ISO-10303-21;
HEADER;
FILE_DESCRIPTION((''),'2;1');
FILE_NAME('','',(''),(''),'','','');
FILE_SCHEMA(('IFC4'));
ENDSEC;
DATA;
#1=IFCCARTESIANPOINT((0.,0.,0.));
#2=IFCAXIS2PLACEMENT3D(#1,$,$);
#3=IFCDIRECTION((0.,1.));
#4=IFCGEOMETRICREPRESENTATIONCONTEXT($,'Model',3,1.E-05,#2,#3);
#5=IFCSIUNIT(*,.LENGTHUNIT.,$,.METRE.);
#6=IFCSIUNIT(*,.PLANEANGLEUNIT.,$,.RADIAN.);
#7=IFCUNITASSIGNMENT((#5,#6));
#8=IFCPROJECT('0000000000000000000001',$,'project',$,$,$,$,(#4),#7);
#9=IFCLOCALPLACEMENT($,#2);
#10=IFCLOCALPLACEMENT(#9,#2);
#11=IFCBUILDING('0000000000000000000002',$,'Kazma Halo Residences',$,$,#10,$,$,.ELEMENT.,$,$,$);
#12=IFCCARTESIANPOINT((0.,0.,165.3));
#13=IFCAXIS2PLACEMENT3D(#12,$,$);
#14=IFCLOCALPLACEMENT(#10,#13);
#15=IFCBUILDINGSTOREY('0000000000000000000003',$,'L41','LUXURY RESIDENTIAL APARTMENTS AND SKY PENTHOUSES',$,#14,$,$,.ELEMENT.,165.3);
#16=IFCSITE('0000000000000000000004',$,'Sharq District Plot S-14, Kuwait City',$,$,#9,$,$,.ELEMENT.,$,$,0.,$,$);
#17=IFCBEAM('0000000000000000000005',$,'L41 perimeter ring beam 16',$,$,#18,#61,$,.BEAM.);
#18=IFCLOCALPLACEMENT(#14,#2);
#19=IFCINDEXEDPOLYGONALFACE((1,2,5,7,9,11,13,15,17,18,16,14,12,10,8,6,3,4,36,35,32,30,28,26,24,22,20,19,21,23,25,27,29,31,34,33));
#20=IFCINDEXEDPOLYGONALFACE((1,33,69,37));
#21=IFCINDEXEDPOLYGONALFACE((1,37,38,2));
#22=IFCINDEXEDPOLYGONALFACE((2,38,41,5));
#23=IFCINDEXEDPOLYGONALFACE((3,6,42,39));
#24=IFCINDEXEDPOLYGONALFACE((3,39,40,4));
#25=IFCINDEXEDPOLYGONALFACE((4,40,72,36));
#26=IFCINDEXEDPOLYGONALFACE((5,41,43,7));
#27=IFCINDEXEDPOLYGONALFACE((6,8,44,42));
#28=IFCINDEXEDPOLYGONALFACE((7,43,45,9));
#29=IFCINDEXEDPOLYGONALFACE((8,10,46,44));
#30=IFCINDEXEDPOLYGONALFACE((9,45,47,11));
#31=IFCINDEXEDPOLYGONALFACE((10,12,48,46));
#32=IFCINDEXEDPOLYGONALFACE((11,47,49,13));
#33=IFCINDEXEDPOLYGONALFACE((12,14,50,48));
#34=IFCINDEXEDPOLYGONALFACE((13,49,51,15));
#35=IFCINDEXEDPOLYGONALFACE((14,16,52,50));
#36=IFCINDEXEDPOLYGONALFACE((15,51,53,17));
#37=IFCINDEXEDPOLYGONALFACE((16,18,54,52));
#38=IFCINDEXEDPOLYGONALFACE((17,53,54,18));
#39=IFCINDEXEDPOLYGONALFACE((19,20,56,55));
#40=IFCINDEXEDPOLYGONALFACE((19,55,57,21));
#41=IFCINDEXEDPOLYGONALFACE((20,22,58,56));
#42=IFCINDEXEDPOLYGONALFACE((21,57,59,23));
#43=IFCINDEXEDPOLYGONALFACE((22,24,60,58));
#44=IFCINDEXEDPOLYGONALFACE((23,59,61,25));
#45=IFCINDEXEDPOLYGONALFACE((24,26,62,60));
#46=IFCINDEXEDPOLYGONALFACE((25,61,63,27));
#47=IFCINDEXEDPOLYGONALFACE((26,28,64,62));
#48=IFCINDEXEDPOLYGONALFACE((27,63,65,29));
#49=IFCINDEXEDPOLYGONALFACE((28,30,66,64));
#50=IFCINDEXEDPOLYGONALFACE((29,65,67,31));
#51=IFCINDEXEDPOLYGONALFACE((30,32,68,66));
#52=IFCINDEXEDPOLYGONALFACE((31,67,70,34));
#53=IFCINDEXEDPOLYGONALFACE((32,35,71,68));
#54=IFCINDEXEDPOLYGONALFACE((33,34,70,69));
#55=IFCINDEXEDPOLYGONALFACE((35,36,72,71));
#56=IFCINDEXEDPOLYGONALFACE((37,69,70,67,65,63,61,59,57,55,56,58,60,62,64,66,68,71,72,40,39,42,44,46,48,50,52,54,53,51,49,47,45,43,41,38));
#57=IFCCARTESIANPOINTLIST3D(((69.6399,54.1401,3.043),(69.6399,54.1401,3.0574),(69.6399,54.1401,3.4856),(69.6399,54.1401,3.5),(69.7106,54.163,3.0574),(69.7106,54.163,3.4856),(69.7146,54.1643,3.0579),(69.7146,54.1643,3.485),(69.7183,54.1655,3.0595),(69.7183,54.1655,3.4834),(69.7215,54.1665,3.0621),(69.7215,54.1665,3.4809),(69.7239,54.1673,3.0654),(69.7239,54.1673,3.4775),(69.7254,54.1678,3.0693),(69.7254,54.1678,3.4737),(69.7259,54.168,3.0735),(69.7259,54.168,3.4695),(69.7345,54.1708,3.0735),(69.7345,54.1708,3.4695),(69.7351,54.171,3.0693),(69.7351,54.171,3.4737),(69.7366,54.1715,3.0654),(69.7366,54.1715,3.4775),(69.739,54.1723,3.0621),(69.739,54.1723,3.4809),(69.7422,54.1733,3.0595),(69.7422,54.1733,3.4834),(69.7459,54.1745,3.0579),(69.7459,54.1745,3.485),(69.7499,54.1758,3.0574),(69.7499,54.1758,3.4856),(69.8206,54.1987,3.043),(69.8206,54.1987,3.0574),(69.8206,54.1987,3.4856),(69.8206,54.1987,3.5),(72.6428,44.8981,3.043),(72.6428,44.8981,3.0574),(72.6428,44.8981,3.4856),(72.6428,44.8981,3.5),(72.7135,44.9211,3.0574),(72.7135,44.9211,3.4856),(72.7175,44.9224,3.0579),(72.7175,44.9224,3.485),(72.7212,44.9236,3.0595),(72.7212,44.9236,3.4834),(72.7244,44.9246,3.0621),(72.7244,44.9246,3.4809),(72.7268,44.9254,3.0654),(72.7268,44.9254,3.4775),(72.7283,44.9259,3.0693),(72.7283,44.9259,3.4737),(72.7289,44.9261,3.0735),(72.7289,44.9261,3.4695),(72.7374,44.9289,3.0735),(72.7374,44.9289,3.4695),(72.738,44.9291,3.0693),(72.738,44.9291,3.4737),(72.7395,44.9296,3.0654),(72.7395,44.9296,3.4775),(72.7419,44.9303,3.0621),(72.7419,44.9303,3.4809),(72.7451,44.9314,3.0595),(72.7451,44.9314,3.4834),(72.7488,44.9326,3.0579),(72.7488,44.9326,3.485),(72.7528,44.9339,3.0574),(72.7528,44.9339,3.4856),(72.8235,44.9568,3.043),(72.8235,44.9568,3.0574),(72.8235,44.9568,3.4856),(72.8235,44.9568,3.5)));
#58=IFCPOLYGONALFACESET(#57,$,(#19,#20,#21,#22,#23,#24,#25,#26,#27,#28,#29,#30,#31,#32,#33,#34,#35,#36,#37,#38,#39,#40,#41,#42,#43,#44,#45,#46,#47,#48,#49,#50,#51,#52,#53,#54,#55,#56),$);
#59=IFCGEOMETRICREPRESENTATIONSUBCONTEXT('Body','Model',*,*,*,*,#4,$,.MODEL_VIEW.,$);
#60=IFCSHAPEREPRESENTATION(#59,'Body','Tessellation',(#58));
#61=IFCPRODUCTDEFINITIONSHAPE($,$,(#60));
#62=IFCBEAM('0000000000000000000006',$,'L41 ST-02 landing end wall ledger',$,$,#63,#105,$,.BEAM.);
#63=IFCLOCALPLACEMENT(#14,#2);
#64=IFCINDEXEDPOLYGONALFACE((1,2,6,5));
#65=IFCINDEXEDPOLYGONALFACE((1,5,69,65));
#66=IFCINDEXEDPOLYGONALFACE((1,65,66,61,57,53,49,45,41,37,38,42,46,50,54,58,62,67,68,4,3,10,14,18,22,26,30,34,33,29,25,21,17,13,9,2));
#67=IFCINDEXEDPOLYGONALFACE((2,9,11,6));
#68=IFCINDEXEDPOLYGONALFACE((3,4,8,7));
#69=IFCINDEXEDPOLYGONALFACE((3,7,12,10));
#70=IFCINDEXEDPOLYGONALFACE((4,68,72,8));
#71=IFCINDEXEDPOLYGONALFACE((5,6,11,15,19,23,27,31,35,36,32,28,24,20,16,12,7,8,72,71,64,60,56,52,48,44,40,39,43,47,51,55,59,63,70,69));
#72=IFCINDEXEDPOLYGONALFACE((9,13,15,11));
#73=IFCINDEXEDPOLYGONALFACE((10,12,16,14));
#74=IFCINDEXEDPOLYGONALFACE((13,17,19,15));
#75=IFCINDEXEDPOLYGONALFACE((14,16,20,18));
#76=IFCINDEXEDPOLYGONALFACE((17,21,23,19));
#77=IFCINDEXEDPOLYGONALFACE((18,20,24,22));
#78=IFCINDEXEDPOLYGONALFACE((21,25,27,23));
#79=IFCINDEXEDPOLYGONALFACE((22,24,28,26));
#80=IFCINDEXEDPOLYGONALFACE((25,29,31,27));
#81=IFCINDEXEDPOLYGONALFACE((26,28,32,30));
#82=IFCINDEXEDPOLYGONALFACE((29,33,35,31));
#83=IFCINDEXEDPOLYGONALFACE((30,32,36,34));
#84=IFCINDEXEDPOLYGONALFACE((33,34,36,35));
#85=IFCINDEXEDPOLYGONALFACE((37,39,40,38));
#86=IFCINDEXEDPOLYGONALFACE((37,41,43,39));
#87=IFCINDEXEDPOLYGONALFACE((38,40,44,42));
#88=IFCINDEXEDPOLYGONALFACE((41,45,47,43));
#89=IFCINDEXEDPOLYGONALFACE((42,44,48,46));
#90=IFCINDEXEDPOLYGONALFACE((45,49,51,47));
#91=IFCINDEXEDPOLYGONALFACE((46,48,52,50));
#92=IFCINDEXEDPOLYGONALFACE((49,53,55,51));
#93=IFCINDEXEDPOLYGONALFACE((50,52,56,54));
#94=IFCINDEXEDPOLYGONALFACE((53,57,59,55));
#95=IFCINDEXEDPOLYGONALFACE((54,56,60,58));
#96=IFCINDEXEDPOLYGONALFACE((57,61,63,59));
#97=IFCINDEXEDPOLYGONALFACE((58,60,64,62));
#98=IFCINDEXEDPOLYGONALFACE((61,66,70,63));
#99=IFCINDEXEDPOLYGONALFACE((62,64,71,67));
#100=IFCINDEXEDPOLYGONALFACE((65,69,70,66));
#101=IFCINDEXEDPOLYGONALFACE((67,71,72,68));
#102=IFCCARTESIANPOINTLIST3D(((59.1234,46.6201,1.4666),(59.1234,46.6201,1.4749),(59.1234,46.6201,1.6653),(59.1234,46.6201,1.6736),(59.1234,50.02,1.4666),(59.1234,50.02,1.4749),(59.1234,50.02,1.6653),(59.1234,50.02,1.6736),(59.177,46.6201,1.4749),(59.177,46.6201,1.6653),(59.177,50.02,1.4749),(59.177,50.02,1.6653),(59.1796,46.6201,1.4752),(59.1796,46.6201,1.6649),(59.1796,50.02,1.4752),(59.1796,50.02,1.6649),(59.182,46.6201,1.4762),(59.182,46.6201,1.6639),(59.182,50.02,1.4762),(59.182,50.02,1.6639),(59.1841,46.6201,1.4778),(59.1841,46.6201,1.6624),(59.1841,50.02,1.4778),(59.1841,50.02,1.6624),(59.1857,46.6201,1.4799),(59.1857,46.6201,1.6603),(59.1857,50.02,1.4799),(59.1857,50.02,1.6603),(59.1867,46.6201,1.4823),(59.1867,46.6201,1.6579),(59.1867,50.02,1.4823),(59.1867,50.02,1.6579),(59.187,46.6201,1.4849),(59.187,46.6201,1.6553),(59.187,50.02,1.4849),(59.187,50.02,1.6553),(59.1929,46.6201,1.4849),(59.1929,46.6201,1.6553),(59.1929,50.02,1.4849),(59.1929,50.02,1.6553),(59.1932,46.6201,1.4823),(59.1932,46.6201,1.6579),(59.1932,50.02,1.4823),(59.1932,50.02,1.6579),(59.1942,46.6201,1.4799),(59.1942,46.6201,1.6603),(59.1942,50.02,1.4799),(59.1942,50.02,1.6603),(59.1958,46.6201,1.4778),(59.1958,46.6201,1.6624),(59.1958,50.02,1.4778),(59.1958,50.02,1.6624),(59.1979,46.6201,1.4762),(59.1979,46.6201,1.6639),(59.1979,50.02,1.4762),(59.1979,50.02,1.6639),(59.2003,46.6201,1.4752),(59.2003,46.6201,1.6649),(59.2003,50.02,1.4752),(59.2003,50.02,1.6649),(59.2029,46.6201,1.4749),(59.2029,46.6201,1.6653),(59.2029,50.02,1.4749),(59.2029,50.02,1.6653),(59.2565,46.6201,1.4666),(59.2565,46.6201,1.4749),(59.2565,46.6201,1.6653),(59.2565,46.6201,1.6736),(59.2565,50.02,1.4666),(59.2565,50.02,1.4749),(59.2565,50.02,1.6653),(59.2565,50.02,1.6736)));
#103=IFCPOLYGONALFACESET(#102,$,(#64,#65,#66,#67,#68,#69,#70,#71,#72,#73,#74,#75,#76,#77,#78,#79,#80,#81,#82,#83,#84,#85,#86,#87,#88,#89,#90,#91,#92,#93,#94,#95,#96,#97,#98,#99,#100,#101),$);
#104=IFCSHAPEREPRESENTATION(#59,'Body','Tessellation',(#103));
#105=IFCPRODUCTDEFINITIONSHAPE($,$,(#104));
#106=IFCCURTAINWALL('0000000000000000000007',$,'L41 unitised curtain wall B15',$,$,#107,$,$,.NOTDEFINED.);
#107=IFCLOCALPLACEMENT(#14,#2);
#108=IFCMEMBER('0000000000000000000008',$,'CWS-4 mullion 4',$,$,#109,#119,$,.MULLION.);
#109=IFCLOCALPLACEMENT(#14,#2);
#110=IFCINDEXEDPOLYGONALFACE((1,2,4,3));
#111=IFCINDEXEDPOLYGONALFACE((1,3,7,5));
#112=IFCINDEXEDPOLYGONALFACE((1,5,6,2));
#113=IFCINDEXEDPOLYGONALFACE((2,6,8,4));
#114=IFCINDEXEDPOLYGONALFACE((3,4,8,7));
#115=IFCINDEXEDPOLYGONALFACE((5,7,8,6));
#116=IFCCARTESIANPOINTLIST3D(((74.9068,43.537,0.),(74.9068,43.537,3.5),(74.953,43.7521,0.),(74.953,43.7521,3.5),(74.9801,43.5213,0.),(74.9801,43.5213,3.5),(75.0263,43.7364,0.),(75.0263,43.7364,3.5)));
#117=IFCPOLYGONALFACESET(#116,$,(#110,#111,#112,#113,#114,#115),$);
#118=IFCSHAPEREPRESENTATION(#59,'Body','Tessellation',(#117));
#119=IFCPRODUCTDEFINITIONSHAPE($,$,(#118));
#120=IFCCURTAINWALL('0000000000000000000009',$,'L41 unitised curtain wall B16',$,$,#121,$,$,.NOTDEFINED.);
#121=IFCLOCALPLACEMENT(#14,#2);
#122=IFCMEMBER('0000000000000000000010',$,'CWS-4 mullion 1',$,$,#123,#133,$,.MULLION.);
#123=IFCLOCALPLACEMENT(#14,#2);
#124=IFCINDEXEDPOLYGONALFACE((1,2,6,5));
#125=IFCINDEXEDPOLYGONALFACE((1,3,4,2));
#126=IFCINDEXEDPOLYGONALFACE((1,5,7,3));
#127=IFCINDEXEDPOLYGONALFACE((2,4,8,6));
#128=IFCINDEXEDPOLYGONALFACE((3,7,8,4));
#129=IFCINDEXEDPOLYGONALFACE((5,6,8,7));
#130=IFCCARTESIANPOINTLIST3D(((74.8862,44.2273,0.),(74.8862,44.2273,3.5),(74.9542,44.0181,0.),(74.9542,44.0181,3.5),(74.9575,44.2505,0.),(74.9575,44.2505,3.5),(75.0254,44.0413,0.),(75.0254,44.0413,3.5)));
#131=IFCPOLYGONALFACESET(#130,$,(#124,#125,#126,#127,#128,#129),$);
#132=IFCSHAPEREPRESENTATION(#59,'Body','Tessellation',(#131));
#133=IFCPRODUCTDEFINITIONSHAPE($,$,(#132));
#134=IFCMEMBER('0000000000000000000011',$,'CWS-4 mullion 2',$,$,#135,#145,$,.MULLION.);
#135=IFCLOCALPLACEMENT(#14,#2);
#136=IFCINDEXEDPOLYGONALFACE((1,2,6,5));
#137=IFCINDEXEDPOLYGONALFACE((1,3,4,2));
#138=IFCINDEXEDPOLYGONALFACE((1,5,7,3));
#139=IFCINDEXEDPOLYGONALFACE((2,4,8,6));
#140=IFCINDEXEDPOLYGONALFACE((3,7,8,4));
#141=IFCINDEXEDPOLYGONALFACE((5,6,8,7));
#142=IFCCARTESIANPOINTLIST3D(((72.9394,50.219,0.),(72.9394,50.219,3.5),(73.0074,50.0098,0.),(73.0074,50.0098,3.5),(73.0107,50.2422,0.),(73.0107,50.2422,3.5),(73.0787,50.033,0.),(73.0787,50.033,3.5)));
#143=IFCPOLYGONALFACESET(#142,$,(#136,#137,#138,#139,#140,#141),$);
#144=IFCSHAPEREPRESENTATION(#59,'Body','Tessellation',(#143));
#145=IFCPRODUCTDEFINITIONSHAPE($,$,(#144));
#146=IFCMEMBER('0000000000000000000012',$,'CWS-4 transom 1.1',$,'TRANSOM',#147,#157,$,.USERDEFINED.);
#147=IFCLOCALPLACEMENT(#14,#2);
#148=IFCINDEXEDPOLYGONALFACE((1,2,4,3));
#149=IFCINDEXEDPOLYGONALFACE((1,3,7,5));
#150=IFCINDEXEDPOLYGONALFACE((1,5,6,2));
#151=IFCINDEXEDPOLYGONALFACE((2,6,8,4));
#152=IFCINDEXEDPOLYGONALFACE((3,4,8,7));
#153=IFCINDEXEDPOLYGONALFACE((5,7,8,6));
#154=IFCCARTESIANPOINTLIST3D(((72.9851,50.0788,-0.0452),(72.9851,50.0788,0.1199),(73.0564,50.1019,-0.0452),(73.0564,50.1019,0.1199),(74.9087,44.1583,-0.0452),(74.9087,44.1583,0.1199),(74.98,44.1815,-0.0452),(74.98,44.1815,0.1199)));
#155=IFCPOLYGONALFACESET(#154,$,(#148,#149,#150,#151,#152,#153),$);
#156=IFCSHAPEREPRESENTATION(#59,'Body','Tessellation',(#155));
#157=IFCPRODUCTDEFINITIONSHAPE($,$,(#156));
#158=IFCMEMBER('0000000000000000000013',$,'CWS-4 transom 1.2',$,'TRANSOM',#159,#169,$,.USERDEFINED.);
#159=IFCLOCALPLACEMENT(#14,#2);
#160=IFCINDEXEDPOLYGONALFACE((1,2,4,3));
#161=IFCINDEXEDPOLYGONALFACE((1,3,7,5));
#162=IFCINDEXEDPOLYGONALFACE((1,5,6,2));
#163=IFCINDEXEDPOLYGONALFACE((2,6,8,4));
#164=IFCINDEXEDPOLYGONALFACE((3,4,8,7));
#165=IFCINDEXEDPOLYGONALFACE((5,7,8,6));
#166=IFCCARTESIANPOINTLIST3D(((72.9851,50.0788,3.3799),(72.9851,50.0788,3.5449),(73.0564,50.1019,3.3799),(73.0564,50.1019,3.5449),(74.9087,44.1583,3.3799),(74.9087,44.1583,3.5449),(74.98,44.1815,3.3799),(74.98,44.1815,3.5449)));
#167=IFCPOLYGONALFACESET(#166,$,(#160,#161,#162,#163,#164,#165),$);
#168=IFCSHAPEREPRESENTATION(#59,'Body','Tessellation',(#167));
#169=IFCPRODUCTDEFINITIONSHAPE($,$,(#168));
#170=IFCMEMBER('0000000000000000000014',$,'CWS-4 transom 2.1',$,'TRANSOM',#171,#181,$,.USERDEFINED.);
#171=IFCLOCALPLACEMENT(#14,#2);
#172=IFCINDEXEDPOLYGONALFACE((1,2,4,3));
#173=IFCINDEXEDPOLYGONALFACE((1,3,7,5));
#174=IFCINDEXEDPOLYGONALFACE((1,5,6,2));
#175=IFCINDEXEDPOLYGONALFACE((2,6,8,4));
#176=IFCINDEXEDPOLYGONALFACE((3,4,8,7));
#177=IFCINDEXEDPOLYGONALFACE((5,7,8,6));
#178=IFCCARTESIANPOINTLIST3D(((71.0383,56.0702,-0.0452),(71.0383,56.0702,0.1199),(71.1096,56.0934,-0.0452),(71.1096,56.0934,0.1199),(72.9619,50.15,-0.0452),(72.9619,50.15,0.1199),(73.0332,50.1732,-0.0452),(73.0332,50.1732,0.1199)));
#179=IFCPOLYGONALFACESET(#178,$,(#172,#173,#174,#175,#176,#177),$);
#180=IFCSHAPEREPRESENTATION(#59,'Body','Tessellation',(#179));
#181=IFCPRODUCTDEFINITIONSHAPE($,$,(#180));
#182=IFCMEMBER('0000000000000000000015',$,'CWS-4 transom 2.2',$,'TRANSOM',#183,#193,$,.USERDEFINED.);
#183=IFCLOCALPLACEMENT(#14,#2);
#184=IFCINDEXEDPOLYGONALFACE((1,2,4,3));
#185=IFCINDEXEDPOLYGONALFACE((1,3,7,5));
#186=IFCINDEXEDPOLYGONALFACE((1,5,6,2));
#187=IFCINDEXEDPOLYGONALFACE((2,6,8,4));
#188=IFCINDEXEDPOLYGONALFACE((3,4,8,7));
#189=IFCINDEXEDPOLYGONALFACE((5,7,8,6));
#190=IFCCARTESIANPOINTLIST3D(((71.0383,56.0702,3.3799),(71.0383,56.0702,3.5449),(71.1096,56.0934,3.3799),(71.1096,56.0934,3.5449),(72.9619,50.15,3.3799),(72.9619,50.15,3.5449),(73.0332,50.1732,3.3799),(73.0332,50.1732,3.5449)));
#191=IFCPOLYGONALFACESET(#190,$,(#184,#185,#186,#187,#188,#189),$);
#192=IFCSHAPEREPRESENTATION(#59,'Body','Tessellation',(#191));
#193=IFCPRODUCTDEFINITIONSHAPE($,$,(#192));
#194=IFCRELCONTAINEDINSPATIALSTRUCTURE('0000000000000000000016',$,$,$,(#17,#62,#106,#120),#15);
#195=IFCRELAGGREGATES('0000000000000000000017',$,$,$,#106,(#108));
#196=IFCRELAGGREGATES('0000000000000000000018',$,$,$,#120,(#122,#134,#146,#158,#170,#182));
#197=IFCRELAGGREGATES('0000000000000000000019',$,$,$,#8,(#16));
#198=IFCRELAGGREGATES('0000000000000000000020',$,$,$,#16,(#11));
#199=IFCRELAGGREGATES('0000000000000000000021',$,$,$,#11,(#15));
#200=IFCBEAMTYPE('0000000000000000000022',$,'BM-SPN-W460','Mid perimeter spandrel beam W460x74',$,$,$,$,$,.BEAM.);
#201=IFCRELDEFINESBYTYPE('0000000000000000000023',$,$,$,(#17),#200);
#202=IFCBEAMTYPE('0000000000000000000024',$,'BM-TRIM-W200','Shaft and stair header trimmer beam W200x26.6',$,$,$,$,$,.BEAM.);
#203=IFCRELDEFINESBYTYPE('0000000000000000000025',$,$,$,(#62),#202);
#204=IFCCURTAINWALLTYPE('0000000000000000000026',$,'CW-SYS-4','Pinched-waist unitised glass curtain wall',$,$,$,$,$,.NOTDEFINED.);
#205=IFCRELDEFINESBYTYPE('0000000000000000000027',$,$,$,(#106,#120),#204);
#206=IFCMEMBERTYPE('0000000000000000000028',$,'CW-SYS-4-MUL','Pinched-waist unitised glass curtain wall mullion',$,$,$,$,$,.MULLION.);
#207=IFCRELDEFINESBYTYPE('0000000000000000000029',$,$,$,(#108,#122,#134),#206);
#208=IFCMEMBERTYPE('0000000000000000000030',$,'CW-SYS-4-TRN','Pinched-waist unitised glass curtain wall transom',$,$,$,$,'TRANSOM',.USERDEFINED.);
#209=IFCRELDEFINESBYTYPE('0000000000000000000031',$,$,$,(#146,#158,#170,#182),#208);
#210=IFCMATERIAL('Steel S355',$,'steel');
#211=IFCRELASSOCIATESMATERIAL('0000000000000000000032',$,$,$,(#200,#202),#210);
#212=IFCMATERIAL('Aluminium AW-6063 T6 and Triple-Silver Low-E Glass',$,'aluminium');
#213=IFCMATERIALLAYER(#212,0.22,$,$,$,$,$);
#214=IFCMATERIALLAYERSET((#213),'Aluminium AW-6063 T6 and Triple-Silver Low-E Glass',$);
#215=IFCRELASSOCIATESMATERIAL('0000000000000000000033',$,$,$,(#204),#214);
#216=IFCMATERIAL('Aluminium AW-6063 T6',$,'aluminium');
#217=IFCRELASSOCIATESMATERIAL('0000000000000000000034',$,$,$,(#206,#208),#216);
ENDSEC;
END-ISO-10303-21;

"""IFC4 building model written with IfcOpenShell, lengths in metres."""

from ifc_helpers import new_model, si_unit, direction, frame, origin, origin_2d, place, context, subcontext, project, spatial, rectangle, i_section, extrude, material, layer, layer_set, material_profile, profile_set, type_object, element, aggregate, save


model = new_model("IFC4")

# Units and contexts
model_context = context("Model", 3, precision=1e-05, world=origin(), true_north=direction((0.0, 1.0)))
body_context = subcontext(model_context, "Body", "Model", "MODEL_VIEW")
ifc_project = project(units=[si_unit("LENGTHUNIT", "METRE"), si_unit("PLANEANGLEUNIT", "RADIAN")], contexts=[model_context])

# Site, building, storey
site_placement = place(None, origin())
site = spatial("IfcSite", under=ifc_project, at=site_placement, Name="Sharq District Plot S-14, Kuwait City", CompositionType="ELEMENT", RefElevation=0.0)
building_placement = place(site_placement, origin())
building = spatial("IfcBuilding", under=site, at=building_placement, Name="Kazma Halo Residences", CompositionType="ELEMENT")
storey_placement = place(building_placement, frame((0.0, 0.0, 165.3)))
storey = spatial("IfcBuildingStorey", under=building, at=storey_placement, Name="L41", Description="LUXURY RESIDENTIAL APARTMENTS AND SKY PENTHOUSES", CompositionType="ELEMENT", Elevation=165.3)

# Beams
ifc_material_1 = material(Name="Steel S355", Category="steel")
ifc_material_profile_1 = material_profile(ifc_material_1, i_section(OverallWidth=0.1899, OverallDepth=0.457, WebThickness=0.009, FlangeThickness=0.0144, FilletRadius=0.0161, at=origin_2d()), Name="W460x74")
ifc_profile_set_1 = profile_set([ifc_material_profile_1], Name="Steel S355")
beam_type_1 = type_object("IfcBeamType", Name="BM-SPN-W460", Description="Mid perimeter spandrel beam W460x74", PredefinedType="BEAM", material=ifc_profile_set_1)
beam_1_placement = place(storey_placement, frame((72.7332, 44.9275, 3.2715), z_axis=(-0.309021, 0.951055, 0.0), x_axis=(-0.951055, -0.309021, 0.0)))
element("IfcBeam", 1, at=beam_1_placement, inside=storey, type_object=beam_type_1, Name="L41 perimeter ring beam 16", PredefinedType="BEAM", context=body_context, shape_type="SweptSolid", body=[
    extrude(i_section(OverallWidth=0.1899, OverallDepth=0.457, WebThickness=0.009, FlangeThickness=0.0144, FilletRadius=0.0161, at=origin_2d()), origin(), (0.0, 0.0, 1.0), 9.7175),
])
ifc_material_profile_2 = material_profile(ifc_material_1, i_section(OverallWidth=0.1331, OverallDepth=0.207, WebThickness=0.0059, FlangeThickness=0.0083, FilletRadius=0.01, at=origin_2d()), Name="W200x26.6")
ifc_profile_set_2 = profile_set([ifc_material_profile_2], Name="Steel S355")
beam_type_2 = type_object("IfcBeamType", Name="BM-TRIM-W200", Description="Shaft and stair header trimmer beam W200x26.6", PredefinedType="BEAM", material=ifc_profile_set_2)
beam_2_placement = place(storey_placement, frame((59.1899, 46.6201, 1.5701), z_axis=(0.0, 1.0, 0.0), x_axis=(-1.0, 0.0, 0.0)))
element("IfcBeam", 2, at=beam_2_placement, inside=storey, type_object=beam_type_2, Name="L41 ST-02 landing end wall ledger", PredefinedType="BEAM", context=body_context, shape_type="SweptSolid", body=[
    extrude(i_section(OverallWidth=0.1331, OverallDepth=0.207, WebThickness=0.0059, FlangeThickness=0.0083, FilletRadius=0.01, at=origin_2d()), origin(), (0.0, 0.0, 1.0), 3.3999),
])

# Curtain wall, member
ifc_material_2 = material(Name="Aluminium AW-6063 T6 and Triple-Silver Low-E Glass", Category="aluminium")
ifc_layer_1 = layer(ifc_material_2, 0.22)
ifc_layer_set_1 = layer_set([ifc_layer_1], Name="Aluminium AW-6063 T6 and Triple-Silver Low-E Glass")
curtain_wall_type = type_object("IfcCurtainWallType", Name="CW-SYS-4", Description="Pinched-waist unitised glass curtain wall", PredefinedType="NOTDEFINED", material=ifc_layer_set_1)
curtain_wall_1_placement = place(storey_placement, origin())
curtain_wall_1 = element("IfcCurtainWall", 3, at=curtain_wall_1_placement, inside=storey, type_object=curtain_wall_type, Name="L41 unitised curtain wall B15", PredefinedType="NOTDEFINED")
ifc_material_3 = material(Name="Aluminium AW-6063 T6", Category="aluminium")
ifc_material_profile_3 = material_profile(ifc_material_3, rectangle(XDim=0.075, YDim=0.22, at=origin_2d()), Name="CWM-75x220")
ifc_profile_set_3 = profile_set([ifc_material_profile_3], Name="Aluminium AW-6063 T6")
member_type_1 = type_object("IfcMemberType", Name="CW-SYS-4-MUL", Description="Pinched-waist unitised glass curtain wall mullion", PredefinedType="MULLION", material=ifc_profile_set_3)
member_1_placement = place(storey_placement, frame((74.9666, 43.6367, 0.0), z_axis=(0.0, 0.0, 1.0), x_axis=(-0.977765, 0.209704, 0.0)))
member_1 = element("IfcMember", 4, at=member_1_placement, type_object=member_type_1, Name="CWS-4 mullion 4", PredefinedType="MULLION", context=body_context, shape_type="SweptSolid", body=[
    extrude(rectangle(XDim=0.075, YDim=0.22, at=origin_2d()), origin(), (0.0, 0.0, 1.0), 3.5),
])
aggregate(curtain_wall_1, [member_1])

# Curtain wall, members
curtain_wall_2_placement = place(storey_placement, origin())
curtain_wall_2 = element("IfcCurtainWall", 5, at=curtain_wall_2_placement, inside=storey, type_object=curtain_wall_type, Name="L41 unitised curtain wall B16", PredefinedType="NOTDEFINED")
member_2_placement = place(storey_placement, frame((74.9558, 44.1343, 0.0), z_axis=(0.0, 0.0, 1.0), x_axis=(-0.951058, -0.309014, 0.0)))
member_2 = element("IfcMember", 6, at=member_2_placement, type_object=member_type_1, Name="CWS-4 mullion 1", PredefinedType="MULLION", context=body_context, shape_type="SweptSolid", body=[
    extrude(rectangle(XDim=0.075, YDim=0.22, at=origin_2d()), origin(), (0.0, 0.0, 1.0), 3.5),
])
member_3_placement = place(storey_placement, frame((73.009, 50.126, 0.0), z_axis=(0.0, 0.0, 1.0), x_axis=(-0.951058, -0.309014, 0.0)))
member_3 = element("IfcMember", 7, at=member_3_placement, type_object=member_type_1, Name="CWS-4 mullion 2", PredefinedType="MULLION", context=body_context, shape_type="SweptSolid", body=[
    extrude(rectangle(XDim=0.075, YDim=0.22, at=origin_2d()), origin(), (0.0, 0.0, 1.0), 3.5),
])
ifc_material_profile_4 = material_profile(ifc_material_3, rectangle(XDim=0.075, YDim=0.165, at=origin_2d()), Name="CWT-75x165")
ifc_profile_set_4 = profile_set([ifc_material_profile_4], Name="Aluminium AW-6063 T6")
member_type_2 = type_object("IfcMemberType", Name="CW-SYS-4-TRN", Description="Pinched-waist unitised glass curtain wall transom", ElementType="TRANSOM", PredefinedType="USERDEFINED", material=ifc_profile_set_4)
member_4_placement = place(storey_placement, frame((74.9443, 44.1699, 0.0374), z_axis=(-0.309006, 0.95106, 0.0), x_axis=(-0.95106, -0.309006, 0.0)))
member_4 = element("IfcMember", 8, at=member_4_placement, type_object=member_type_2, Name="CWS-4 transom 1.1", ObjectType="TRANSOM", PredefinedType="USERDEFINED", context=body_context, shape_type="SweptSolid", body=[
    extrude(rectangle(XDim=0.075, YDim=0.165, at=origin_2d()), origin(), (0.0, 0.0, 1.0), 6.2251),
])
member_5_placement = place(storey_placement, frame((74.9443, 44.1699, 3.4624), z_axis=(-0.309006, 0.95106, 0.0), x_axis=(-0.95106, -0.309006, 0.0)))
member_5 = element("IfcMember", 9, at=member_5_placement, type_object=member_type_2, Name="CWS-4 transom 1.2", ObjectType="TRANSOM", PredefinedType="USERDEFINED", context=body_context, shape_type="SweptSolid", body=[
    extrude(rectangle(XDim=0.075, YDim=0.165, at=origin_2d()), origin(), (0.0, 0.0, 1.0), 6.2251),
])
member_6_placement = place(storey_placement, frame((72.9976, 50.1616, 0.0374), z_axis=(-0.309018, 0.951056, 0.0), x_axis=(-0.951056, -0.309018, 0.0)))
member_6 = element("IfcMember", 10, at=member_6_placement, type_object=member_type_2, Name="CWS-4 transom 2.1", ObjectType="TRANSOM", PredefinedType="USERDEFINED", context=body_context, shape_type="SweptSolid", body=[
    extrude(rectangle(XDim=0.075, YDim=0.165, at=origin_2d()), origin(), (0.0, 0.0, 1.0), 6.2249),
])
member_7_placement = place(storey_placement, frame((72.9976, 50.1616, 3.4624), z_axis=(-0.309018, 0.951056, 0.0), x_axis=(-0.951056, -0.309018, 0.0)))
member_7 = element("IfcMember", 11, at=member_7_placement, type_object=member_type_2, Name="CWS-4 transom 2.2", ObjectType="TRANSOM", PredefinedType="USERDEFINED", context=body_context, shape_type="SweptSolid", body=[
    extrude(rectangle(XDim=0.075, YDim=0.165, at=origin_2d()), origin(), (0.0, 0.0, 1.0), 6.2249),
])
aggregate(curtain_wall_2, [member_2, member_3, member_4, member_5, member_6, member_7])

save(model, "model.ifc")
